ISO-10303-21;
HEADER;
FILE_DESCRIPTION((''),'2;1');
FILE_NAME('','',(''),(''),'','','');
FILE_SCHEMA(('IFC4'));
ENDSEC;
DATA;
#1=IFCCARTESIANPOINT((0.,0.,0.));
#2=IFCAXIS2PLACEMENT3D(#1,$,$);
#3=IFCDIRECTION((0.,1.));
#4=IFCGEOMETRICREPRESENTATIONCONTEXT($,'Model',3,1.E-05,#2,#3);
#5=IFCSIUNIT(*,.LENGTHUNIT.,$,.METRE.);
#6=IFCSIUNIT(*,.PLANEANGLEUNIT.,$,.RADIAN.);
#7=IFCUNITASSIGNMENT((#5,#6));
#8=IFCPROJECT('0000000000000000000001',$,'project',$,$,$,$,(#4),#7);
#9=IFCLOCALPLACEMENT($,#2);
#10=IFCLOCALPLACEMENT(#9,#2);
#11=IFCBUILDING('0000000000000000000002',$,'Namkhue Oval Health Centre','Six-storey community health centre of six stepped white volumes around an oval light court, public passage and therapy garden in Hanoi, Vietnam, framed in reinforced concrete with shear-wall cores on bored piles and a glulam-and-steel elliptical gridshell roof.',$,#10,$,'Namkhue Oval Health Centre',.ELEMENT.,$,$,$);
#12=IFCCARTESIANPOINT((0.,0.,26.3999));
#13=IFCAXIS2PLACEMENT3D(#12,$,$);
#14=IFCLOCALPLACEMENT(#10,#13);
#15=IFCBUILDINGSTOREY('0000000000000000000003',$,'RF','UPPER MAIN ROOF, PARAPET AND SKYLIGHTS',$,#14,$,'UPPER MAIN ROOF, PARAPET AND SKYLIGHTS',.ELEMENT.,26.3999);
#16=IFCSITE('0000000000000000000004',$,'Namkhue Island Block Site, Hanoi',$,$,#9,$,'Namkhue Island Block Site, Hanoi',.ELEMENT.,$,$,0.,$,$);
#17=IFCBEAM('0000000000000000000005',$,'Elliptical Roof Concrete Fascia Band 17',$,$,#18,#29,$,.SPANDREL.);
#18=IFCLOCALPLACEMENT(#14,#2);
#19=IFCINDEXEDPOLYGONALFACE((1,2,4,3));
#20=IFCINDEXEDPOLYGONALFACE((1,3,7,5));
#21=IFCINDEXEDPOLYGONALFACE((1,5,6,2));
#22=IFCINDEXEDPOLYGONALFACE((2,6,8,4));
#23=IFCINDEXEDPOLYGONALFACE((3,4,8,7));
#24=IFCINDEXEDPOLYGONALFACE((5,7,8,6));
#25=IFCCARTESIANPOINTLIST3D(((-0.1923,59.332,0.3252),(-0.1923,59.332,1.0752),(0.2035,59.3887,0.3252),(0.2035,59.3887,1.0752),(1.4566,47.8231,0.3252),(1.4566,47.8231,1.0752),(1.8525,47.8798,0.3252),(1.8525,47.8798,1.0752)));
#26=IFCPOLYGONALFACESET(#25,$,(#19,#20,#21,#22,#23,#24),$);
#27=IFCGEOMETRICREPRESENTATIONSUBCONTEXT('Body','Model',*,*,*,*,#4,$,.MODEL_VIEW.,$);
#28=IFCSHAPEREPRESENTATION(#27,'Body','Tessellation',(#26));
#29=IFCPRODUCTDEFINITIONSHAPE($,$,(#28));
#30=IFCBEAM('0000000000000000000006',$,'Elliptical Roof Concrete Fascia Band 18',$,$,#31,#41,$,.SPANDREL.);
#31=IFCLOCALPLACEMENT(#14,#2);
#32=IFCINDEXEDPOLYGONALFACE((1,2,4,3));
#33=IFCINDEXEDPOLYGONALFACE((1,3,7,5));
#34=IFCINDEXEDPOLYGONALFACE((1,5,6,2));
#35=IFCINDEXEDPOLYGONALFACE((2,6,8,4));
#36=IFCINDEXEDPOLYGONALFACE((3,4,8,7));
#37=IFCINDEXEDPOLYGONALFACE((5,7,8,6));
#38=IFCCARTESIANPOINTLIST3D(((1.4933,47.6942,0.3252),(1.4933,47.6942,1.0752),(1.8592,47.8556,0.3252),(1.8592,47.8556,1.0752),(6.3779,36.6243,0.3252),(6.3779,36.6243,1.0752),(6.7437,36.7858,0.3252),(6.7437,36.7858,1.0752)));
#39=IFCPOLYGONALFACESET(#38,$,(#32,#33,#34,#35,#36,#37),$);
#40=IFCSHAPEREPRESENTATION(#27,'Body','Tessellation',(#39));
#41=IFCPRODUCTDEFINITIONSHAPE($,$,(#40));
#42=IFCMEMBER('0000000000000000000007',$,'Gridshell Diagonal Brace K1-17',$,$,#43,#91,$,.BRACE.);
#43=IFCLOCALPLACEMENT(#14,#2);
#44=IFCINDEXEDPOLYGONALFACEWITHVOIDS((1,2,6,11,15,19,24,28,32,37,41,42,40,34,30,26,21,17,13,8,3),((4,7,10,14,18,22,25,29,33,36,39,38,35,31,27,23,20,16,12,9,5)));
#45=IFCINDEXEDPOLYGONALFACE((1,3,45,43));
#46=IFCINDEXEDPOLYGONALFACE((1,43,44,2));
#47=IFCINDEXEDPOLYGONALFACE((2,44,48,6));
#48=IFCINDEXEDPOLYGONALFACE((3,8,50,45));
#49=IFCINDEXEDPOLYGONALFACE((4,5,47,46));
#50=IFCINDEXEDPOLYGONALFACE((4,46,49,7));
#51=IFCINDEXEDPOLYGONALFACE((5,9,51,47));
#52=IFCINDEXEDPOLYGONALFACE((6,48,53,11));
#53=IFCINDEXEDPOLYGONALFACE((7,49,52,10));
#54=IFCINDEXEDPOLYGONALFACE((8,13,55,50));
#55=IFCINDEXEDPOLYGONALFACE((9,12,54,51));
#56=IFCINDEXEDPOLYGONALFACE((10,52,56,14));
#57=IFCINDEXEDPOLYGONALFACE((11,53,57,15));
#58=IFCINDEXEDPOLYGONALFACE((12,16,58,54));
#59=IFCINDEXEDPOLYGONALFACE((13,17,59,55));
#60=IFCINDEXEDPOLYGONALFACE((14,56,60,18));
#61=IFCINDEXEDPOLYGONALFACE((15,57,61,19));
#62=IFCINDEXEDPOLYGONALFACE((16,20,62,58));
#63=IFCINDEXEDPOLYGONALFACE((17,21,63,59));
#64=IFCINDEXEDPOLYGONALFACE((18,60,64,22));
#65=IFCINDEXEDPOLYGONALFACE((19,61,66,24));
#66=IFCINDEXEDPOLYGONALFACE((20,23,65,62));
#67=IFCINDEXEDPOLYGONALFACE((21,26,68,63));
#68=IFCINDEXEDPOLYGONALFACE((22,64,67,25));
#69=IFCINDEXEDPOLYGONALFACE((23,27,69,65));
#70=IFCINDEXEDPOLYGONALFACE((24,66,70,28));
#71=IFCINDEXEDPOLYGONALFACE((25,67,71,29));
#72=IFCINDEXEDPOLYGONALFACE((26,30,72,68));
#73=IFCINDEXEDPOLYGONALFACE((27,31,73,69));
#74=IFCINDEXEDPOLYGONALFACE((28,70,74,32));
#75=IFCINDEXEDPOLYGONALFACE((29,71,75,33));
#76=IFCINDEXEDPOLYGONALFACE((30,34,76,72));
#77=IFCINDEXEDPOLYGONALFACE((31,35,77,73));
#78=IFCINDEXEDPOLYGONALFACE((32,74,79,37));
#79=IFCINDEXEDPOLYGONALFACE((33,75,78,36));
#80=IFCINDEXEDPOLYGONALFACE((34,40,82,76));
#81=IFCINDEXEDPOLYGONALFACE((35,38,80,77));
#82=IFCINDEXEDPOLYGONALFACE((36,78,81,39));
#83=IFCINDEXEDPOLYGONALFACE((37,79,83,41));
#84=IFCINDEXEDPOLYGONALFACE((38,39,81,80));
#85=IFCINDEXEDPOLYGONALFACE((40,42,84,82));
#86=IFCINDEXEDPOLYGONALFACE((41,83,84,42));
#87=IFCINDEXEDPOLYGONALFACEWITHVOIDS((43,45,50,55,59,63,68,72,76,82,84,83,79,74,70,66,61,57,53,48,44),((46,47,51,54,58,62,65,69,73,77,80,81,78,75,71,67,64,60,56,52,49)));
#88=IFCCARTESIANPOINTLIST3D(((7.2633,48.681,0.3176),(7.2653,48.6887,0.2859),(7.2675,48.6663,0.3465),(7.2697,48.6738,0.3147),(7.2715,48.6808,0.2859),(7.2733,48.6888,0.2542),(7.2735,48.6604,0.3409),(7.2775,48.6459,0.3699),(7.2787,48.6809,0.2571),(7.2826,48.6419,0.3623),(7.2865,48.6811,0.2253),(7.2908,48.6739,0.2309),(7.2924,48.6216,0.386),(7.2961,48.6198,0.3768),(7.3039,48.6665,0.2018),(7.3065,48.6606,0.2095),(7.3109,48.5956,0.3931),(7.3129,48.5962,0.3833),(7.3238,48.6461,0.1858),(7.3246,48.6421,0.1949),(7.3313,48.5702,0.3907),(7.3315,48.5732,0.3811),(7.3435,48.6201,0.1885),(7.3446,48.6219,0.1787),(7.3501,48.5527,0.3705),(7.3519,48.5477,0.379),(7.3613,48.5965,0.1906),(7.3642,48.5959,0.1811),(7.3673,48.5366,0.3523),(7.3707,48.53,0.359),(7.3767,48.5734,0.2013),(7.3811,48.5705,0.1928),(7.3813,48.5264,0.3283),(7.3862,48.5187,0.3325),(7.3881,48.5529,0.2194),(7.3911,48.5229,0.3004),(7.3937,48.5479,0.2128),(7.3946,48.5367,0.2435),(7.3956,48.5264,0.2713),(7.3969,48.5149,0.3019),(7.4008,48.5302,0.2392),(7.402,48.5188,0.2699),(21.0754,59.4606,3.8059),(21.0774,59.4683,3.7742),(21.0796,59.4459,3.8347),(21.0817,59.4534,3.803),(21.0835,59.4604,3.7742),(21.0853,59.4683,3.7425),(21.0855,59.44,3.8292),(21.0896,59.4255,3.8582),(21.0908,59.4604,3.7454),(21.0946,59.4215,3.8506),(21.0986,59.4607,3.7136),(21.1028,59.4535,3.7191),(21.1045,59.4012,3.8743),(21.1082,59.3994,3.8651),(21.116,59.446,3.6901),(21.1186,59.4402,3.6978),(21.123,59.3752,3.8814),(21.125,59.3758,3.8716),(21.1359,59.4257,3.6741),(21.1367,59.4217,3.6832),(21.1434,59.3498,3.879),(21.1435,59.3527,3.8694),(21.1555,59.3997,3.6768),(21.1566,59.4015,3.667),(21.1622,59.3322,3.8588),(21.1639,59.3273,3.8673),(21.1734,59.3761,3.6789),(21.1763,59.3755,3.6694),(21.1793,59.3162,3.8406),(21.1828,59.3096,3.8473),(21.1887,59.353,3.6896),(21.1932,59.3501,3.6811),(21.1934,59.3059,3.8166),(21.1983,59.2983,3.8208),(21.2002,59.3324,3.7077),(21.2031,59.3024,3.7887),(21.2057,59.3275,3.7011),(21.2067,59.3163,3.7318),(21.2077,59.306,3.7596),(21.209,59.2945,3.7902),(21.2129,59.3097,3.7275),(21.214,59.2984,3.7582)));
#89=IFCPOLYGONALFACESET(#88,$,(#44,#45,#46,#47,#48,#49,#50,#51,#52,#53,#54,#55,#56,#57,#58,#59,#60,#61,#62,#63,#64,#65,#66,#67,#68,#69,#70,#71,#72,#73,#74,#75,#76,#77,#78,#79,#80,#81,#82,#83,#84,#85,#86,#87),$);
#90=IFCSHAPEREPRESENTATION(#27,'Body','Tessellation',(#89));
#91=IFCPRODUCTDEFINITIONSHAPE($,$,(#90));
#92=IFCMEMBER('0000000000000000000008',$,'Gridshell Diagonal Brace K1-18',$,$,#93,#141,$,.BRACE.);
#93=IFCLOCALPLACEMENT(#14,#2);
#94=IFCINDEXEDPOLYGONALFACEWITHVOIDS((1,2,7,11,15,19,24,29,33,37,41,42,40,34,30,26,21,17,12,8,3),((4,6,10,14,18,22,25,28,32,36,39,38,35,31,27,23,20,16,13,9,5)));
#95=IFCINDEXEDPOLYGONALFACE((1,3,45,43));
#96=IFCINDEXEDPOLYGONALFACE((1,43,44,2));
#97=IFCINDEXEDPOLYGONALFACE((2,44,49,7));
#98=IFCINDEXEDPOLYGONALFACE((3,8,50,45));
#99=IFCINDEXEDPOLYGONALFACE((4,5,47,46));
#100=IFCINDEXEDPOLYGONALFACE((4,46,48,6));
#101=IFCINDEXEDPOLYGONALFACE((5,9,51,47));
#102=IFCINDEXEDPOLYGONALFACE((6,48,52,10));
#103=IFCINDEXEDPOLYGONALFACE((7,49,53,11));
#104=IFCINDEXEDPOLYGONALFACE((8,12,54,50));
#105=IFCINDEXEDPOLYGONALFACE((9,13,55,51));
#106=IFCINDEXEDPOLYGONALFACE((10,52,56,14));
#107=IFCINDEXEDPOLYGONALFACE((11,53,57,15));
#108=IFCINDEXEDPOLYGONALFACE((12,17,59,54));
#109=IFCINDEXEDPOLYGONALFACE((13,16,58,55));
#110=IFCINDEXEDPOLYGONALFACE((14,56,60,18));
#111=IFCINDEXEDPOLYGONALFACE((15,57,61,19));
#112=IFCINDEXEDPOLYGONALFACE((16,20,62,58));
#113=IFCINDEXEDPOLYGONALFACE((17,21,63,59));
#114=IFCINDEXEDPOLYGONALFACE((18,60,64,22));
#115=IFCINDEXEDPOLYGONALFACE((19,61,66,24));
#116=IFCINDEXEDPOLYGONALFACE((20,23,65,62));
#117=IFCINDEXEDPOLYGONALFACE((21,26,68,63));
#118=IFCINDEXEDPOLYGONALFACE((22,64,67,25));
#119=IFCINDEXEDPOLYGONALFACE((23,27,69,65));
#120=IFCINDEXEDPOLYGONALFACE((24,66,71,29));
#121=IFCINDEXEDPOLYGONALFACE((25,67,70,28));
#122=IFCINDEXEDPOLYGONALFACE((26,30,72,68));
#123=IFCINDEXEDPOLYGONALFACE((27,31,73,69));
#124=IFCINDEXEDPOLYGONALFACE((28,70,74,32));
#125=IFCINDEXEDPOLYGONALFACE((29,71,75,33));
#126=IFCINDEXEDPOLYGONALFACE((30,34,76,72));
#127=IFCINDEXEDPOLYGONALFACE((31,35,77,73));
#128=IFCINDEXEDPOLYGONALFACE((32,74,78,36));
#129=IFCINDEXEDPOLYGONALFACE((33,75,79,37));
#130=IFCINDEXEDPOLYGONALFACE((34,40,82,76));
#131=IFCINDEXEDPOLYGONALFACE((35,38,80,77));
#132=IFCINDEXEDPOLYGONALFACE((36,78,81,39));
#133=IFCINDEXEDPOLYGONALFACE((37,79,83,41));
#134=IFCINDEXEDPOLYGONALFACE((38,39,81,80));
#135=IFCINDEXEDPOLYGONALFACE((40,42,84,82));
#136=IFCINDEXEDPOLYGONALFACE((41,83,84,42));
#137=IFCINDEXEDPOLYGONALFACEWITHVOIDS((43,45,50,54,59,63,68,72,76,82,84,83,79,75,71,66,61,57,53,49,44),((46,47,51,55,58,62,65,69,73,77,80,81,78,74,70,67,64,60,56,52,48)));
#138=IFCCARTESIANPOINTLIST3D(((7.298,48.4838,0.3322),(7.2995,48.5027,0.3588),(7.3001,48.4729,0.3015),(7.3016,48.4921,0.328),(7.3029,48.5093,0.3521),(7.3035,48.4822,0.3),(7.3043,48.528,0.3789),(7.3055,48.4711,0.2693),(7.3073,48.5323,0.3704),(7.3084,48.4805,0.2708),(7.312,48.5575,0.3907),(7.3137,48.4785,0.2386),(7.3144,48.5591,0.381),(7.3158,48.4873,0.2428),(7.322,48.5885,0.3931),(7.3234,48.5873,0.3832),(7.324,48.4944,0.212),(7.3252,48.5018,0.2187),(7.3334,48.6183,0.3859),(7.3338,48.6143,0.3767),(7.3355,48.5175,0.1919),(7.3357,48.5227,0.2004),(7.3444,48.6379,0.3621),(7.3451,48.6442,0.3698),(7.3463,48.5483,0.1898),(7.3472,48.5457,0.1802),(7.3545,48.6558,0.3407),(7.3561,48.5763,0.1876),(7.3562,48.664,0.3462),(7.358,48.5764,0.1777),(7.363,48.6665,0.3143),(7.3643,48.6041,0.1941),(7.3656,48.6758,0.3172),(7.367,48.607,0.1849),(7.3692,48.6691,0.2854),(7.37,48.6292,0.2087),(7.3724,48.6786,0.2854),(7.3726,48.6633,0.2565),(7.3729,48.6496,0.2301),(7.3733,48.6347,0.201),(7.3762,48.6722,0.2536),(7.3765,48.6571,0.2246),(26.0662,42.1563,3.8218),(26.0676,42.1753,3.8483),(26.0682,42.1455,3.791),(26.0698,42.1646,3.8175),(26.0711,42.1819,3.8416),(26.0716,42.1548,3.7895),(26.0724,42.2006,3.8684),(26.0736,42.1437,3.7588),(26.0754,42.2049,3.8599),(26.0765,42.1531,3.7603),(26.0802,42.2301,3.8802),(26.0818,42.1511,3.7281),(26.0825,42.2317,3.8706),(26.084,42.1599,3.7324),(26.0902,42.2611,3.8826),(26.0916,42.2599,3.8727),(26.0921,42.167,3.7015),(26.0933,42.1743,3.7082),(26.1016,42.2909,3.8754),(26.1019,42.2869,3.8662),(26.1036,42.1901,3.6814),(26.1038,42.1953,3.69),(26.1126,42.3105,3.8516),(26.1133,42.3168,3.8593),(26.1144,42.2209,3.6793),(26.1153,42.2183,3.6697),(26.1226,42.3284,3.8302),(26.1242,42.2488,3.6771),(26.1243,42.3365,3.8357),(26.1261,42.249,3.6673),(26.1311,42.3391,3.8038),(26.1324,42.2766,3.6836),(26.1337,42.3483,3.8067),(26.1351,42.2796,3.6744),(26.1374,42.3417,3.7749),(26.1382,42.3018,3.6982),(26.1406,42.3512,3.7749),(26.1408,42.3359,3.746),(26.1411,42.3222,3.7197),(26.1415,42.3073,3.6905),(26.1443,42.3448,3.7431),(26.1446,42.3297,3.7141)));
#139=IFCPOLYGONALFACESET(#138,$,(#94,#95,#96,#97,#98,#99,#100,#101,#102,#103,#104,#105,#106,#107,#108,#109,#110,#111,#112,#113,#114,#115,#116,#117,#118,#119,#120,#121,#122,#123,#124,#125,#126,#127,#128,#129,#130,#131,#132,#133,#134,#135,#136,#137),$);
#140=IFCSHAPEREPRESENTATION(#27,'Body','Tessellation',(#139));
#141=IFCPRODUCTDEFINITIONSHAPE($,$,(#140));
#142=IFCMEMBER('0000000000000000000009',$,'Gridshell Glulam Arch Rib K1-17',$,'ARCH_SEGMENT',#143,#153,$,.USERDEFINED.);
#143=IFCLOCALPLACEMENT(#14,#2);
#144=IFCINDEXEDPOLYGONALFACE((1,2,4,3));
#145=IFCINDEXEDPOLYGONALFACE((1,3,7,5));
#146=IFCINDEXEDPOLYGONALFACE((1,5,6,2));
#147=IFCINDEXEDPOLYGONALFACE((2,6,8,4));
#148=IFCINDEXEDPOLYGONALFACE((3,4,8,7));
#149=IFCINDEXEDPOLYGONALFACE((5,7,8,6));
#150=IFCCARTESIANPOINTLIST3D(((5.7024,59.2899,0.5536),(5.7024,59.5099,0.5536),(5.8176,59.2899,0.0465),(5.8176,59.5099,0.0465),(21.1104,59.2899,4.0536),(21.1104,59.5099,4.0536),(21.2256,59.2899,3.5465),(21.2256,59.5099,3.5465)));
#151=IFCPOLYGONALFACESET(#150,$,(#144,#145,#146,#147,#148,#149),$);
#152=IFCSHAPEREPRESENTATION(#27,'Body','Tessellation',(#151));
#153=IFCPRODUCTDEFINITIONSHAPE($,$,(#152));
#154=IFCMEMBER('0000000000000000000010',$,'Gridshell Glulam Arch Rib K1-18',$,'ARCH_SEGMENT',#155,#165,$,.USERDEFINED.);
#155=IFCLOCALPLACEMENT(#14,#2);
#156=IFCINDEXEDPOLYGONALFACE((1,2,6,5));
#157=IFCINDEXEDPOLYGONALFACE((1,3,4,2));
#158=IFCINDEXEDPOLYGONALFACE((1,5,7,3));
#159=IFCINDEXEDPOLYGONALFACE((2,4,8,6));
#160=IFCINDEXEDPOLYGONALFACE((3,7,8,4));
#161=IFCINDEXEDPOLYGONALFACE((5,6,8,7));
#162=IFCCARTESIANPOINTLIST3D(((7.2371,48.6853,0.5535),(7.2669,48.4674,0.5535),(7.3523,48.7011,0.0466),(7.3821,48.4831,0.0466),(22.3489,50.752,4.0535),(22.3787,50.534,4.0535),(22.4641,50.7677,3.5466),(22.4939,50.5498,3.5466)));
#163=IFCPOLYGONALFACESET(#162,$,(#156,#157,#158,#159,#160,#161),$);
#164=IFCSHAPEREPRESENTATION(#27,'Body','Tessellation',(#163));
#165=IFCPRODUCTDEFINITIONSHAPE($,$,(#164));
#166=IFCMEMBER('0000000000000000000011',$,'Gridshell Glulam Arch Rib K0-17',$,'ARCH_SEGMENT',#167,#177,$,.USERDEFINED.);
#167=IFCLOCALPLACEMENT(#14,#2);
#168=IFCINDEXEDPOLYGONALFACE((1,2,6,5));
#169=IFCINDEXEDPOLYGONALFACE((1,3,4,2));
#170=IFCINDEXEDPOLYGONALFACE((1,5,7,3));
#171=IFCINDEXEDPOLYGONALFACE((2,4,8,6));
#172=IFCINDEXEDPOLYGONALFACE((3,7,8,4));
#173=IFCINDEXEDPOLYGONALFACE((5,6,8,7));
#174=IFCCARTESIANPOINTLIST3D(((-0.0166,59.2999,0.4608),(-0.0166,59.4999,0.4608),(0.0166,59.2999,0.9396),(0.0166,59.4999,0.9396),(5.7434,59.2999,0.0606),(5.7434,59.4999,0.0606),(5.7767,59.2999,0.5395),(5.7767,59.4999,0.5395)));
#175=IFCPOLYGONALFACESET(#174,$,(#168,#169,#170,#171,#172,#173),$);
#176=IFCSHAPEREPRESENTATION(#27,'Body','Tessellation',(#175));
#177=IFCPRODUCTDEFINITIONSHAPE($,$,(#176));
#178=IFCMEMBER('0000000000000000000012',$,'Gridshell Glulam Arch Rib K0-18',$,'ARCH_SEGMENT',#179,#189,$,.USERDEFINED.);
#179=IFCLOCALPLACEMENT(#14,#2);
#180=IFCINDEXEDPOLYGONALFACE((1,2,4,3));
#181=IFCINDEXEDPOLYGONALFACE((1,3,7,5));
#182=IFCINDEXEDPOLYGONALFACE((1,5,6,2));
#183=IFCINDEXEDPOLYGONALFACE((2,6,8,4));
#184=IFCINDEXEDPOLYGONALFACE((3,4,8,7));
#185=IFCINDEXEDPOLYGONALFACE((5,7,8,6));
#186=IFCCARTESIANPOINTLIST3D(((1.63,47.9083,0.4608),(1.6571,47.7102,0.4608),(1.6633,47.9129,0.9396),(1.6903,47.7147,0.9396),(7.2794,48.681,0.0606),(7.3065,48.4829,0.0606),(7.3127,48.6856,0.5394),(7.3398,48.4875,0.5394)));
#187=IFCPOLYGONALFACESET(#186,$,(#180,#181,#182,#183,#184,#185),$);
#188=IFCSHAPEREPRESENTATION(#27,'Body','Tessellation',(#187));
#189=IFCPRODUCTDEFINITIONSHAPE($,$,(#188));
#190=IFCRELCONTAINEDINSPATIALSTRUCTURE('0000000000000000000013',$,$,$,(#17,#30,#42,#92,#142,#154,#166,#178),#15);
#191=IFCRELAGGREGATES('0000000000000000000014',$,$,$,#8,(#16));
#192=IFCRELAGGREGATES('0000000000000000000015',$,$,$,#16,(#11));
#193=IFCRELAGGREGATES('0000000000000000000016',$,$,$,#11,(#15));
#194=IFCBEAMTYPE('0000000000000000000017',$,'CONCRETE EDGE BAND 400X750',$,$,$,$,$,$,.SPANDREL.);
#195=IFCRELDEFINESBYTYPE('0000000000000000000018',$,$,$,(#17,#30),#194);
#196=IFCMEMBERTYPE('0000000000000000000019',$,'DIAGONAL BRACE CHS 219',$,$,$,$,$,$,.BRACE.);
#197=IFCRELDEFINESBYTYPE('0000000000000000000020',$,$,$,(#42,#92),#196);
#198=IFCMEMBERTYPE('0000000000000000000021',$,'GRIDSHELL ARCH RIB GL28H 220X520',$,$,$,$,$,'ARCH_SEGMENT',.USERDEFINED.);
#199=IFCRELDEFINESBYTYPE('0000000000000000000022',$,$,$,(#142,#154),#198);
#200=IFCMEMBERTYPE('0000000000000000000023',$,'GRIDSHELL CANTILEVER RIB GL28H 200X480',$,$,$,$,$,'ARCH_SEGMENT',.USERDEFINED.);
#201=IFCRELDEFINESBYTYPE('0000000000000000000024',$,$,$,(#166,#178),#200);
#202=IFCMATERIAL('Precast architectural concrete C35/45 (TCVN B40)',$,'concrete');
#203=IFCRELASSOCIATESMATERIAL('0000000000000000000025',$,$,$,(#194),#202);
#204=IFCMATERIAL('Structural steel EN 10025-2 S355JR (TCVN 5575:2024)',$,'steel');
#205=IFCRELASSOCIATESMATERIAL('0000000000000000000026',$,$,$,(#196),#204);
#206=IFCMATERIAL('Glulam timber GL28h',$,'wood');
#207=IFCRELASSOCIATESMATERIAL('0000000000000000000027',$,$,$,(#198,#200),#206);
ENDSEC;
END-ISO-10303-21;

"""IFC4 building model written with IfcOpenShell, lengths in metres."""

from ifc_helpers import new_model, si_unit, direction, frame, origin, origin_2d, place, context, subcontext, project, spatial, rectangle, hollow_circle, extrude, material, material_profile, profile_set, type_object, element, save


model = new_model("IFC4")

# Units and contexts
model_context = context("Model", 3, precision=1e-05, world=origin(), true_north=direction((0.0, 1.0)))
body_context = subcontext(model_context, "Body", "Model", "MODEL_VIEW")
ifc_project = project(units=[si_unit("LENGTHUNIT", "METRE"), si_unit("PLANEANGLEUNIT", "RADIAN")], contexts=[model_context])

# Site, building, storey
site_placement = place(None, origin())
site = spatial("IfcSite", under=ifc_project, at=site_placement, Name="Namkhue Island Block Site, Hanoi", LongName="Namkhue Island Block Site, Hanoi", CompositionType="ELEMENT", RefElevation=0.0)
building_placement = place(site_placement, origin())
building = spatial("IfcBuilding", under=site, at=building_placement, Name="Namkhue Oval Health Centre", Description="Six-storey community health centre of six stepped white volumes around an oval light court, public passage and therapy garden in Hanoi, Vietnam, framed in reinforced concrete with shear-wall cores on bored piles and a glulam-and-steel elliptical gridshell roof.", LongName="Namkhue Oval Health Centre", CompositionType="ELEMENT")
storey_placement = place(building_placement, frame((0.0, 0.0, 26.3999)))
storey = spatial("IfcBuildingStorey", under=building, at=storey_placement, Name="RF", Description="UPPER MAIN ROOF, PARAPET AND SKYLIGHTS", LongName="UPPER MAIN ROOF, PARAPET AND SKYLIGHTS", CompositionType="ELEMENT", Elevation=26.3999)

# Beams
ifc_material_1 = material(Name="Precast architectural concrete C35/45 (TCVN B40)", Category="concrete")
ifc_material_profile_1 = material_profile(ifc_material_1, rectangle(XDim=0.3999, YDim=0.75, at=origin_2d()), Name="RC 400x750")
ifc_profile_set_1 = profile_set([ifc_material_profile_1], Name="Precast architectural concrete C35/45 (TCVN B40)")
beam_type = type_object("IfcBeamType", Name="CONCRETE EDGE BAND 400X750", PredefinedType="SPANDREL", material=ifc_profile_set_1)
beam_1_placement = place(storey_placement, frame((0.0056, 59.3604, 0.7002), z_axis=(0.141824, -0.989892, 0.0), x_axis=(0.989892, 0.141824, 0.0)))
element("IfcBeam", 1, at=beam_1_placement, inside=storey, type_object=beam_type, Name="Elliptical Roof Concrete Fascia Band 17", PredefinedType="SPANDREL", context=body_context, shape_type="SweptSolid", body=[
    extrude(rectangle(XDim=0.3999, YDim=0.75, at=origin_2d()), origin(), (0.0, 0.0, 1.0), 11.6265),
])
beam_2_placement = place(storey_placement, frame((1.6763, 47.7749, 0.7002), z_axis=(0.403694, -0.914894, 0.0), x_axis=(0.914894, 0.403694, 0.0)))
element("IfcBeam", 2, at=beam_2_placement, inside=storey, type_object=beam_type, Name="Elliptical Roof Concrete Fascia Band 18", PredefinedType="SPANDREL", context=body_context, shape_type="SweptSolid", body=[
    extrude(rectangle(XDim=0.3999, YDim=0.75, at=origin_2d()), origin(), (0.0, 0.0, 1.0), 12.0996),
])

# Members
ifc_material_2 = material(Name="Structural steel EN 10025-2 S355JR (TCVN 5575:2024)", Category="steel")
ifc_material_profile_2 = material_profile(ifc_material_2, hollow_circle(Radius=0.1096, WallThickness=0.01, at=origin_2d()), Name="CHS 219.1x10")
ifc_profile_set_2 = profile_set([ifc_material_profile_2], Name="Structural steel EN 10025-2 S355JR (TCVN 5575:2024)")
member_type_1 = type_object("IfcMemberType", Name="DIAGONAL BRACE CHS 219", PredefinedType="BRACE", material=ifc_profile_set_2)
member_1_placement = place(storey_placement, frame((7.3328, 48.6023, 0.2859), z_axis=(0.773157, 0.603408, 0.195264), x_axis=(-0.615251, 0.788331, 0.0)))
element("IfcMember", 3, at=member_1_placement, inside=storey, type_object=member_type_1, Name="Gridshell Diagonal Brace K1-17", PredefinedType="BRACE", context=body_context, shape_type="SweptSolid", body=[
    extrude(hollow_circle(Radius=0.1096, WallThickness=0.01, at=origin_2d()), origin(), (0.0, 0.0, 1.0), 17.8645),
])
member_2_placement = place(storey_placement, frame((7.3374, 48.5747, 0.2854), z_axis=(0.933223, -0.314623, 0.173512), x_axis=(0.319469, 0.947597, 0.0)))
element("IfcMember", 4, at=member_2_placement, inside=storey, type_object=member_type_1, Name="Gridshell Diagonal Brace K1-18", PredefinedType="BRACE", context=body_context, shape_type="SweptSolid", body=[
    extrude(hollow_circle(Radius=0.1096, WallThickness=0.01, at=origin_2d()), origin(), (0.0, 0.0, 1.0), 20.1111),
])
ifc_material_3 = material(Name="Glulam timber GL28h", Category="wood")
ifc_material_profile_3 = material_profile(ifc_material_3, rectangle(XDim=0.22, YDim=0.52, at=origin_2d()), Name="GL28h 220x520")
ifc_profile_set_3 = profile_set([ifc_material_profile_3], Name="Glulam timber GL28h")
member_type_2 = type_object("IfcMemberType", Name="GRIDSHELL ARCH RIB GL28H 220X520", ElementType="ARCH_SEGMENT", PredefinedType="USERDEFINED", material=ifc_profile_set_3)
member_3_placement = place(storey_placement, frame((5.76, 59.3999, 0.3), z_axis=(0.975158, 0.0, 0.221512), x_axis=(0.0, 1.0, 0.0)))
element("IfcMember", 5, at=member_3_placement, inside=storey, type_object=member_type_2, Name="Gridshell Glulam Arch Rib K1-17", ObjectType="ARCH_SEGMENT", PredefinedType="USERDEFINED", context=body_context, shape_type="SweptSolid", body=[
    extrude(rectangle(XDim=0.22, YDim=0.52, at=origin_2d()), origin(), (0.0, 0.0, 1.0), 15.8005),
])
member_4_placement = place(storey_placement, frame((7.3096, 48.5842, 0.3), z_axis=(0.965679, 0.132064, 0.223658), x_axis=(-0.135496, 0.990778, 0.0)))
element("IfcMember", 6, at=member_4_placement, inside=storey, type_object=member_type_2, Name="Gridshell Glulam Arch Rib K1-18", ObjectType="ARCH_SEGMENT", PredefinedType="USERDEFINED", context=body_context, shape_type="SweptSolid", body=[
    extrude(rectangle(XDim=0.22, YDim=0.52, at=origin_2d()), origin(), (0.0, 0.0, 1.0), 15.6489),
])
ifc_material_profile_4 = material_profile(ifc_material_3, rectangle(XDim=0.2, YDim=0.48, at=origin_2d()), Name="GL28h 200x480")
ifc_profile_set_4 = profile_set([ifc_material_profile_4], Name="Glulam timber GL28h")
member_type_3 = type_object("IfcMemberType", Name="GRIDSHELL CANTILEVER RIB GL28H 200X480", ElementType="ARCH_SEGMENT", PredefinedType="USERDEFINED", material=ifc_profile_set_4)
member_5_placement = place(storey_placement, frame((0.0, 59.3999, 0.7002), z_axis=(0.997596, 0.0, -0.069303), x_axis=(0.0, 1.0, 0.0)))
element("IfcMember", 7, at=member_5_placement, inside=storey, type_object=member_type_3, Name="Gridshell Glulam Arch Rib K0-17", ObjectType="ARCH_SEGMENT", PredefinedType="USERDEFINED", context=body_context, shape_type="SweptSolid", body=[
    extrude(rectangle(XDim=0.2, YDim=0.48, at=origin_2d()), origin(), (0.0, 0.0, 1.0), 5.7739),
])
member_6_placement = place(storey_placement, frame((1.6602, 47.8115, 0.7002), z_axis=(0.988345, 0.135182, -0.070004), x_axis=(-0.135514, 0.990775, 0.0)))
element("IfcMember", 8, at=member_6_placement, inside=storey, type_object=member_type_3, Name="Gridshell Glulam Arch Rib K0-18", ObjectType="ARCH_SEGMENT", PredefinedType="USERDEFINED", context=body_context, shape_type="SweptSolid", body=[
    extrude(rectangle(XDim=0.2, YDim=0.48, at=origin_2d()), origin(), (0.0, 0.0, 1.0), 5.7161),
])

save(model, "model.ifc")
